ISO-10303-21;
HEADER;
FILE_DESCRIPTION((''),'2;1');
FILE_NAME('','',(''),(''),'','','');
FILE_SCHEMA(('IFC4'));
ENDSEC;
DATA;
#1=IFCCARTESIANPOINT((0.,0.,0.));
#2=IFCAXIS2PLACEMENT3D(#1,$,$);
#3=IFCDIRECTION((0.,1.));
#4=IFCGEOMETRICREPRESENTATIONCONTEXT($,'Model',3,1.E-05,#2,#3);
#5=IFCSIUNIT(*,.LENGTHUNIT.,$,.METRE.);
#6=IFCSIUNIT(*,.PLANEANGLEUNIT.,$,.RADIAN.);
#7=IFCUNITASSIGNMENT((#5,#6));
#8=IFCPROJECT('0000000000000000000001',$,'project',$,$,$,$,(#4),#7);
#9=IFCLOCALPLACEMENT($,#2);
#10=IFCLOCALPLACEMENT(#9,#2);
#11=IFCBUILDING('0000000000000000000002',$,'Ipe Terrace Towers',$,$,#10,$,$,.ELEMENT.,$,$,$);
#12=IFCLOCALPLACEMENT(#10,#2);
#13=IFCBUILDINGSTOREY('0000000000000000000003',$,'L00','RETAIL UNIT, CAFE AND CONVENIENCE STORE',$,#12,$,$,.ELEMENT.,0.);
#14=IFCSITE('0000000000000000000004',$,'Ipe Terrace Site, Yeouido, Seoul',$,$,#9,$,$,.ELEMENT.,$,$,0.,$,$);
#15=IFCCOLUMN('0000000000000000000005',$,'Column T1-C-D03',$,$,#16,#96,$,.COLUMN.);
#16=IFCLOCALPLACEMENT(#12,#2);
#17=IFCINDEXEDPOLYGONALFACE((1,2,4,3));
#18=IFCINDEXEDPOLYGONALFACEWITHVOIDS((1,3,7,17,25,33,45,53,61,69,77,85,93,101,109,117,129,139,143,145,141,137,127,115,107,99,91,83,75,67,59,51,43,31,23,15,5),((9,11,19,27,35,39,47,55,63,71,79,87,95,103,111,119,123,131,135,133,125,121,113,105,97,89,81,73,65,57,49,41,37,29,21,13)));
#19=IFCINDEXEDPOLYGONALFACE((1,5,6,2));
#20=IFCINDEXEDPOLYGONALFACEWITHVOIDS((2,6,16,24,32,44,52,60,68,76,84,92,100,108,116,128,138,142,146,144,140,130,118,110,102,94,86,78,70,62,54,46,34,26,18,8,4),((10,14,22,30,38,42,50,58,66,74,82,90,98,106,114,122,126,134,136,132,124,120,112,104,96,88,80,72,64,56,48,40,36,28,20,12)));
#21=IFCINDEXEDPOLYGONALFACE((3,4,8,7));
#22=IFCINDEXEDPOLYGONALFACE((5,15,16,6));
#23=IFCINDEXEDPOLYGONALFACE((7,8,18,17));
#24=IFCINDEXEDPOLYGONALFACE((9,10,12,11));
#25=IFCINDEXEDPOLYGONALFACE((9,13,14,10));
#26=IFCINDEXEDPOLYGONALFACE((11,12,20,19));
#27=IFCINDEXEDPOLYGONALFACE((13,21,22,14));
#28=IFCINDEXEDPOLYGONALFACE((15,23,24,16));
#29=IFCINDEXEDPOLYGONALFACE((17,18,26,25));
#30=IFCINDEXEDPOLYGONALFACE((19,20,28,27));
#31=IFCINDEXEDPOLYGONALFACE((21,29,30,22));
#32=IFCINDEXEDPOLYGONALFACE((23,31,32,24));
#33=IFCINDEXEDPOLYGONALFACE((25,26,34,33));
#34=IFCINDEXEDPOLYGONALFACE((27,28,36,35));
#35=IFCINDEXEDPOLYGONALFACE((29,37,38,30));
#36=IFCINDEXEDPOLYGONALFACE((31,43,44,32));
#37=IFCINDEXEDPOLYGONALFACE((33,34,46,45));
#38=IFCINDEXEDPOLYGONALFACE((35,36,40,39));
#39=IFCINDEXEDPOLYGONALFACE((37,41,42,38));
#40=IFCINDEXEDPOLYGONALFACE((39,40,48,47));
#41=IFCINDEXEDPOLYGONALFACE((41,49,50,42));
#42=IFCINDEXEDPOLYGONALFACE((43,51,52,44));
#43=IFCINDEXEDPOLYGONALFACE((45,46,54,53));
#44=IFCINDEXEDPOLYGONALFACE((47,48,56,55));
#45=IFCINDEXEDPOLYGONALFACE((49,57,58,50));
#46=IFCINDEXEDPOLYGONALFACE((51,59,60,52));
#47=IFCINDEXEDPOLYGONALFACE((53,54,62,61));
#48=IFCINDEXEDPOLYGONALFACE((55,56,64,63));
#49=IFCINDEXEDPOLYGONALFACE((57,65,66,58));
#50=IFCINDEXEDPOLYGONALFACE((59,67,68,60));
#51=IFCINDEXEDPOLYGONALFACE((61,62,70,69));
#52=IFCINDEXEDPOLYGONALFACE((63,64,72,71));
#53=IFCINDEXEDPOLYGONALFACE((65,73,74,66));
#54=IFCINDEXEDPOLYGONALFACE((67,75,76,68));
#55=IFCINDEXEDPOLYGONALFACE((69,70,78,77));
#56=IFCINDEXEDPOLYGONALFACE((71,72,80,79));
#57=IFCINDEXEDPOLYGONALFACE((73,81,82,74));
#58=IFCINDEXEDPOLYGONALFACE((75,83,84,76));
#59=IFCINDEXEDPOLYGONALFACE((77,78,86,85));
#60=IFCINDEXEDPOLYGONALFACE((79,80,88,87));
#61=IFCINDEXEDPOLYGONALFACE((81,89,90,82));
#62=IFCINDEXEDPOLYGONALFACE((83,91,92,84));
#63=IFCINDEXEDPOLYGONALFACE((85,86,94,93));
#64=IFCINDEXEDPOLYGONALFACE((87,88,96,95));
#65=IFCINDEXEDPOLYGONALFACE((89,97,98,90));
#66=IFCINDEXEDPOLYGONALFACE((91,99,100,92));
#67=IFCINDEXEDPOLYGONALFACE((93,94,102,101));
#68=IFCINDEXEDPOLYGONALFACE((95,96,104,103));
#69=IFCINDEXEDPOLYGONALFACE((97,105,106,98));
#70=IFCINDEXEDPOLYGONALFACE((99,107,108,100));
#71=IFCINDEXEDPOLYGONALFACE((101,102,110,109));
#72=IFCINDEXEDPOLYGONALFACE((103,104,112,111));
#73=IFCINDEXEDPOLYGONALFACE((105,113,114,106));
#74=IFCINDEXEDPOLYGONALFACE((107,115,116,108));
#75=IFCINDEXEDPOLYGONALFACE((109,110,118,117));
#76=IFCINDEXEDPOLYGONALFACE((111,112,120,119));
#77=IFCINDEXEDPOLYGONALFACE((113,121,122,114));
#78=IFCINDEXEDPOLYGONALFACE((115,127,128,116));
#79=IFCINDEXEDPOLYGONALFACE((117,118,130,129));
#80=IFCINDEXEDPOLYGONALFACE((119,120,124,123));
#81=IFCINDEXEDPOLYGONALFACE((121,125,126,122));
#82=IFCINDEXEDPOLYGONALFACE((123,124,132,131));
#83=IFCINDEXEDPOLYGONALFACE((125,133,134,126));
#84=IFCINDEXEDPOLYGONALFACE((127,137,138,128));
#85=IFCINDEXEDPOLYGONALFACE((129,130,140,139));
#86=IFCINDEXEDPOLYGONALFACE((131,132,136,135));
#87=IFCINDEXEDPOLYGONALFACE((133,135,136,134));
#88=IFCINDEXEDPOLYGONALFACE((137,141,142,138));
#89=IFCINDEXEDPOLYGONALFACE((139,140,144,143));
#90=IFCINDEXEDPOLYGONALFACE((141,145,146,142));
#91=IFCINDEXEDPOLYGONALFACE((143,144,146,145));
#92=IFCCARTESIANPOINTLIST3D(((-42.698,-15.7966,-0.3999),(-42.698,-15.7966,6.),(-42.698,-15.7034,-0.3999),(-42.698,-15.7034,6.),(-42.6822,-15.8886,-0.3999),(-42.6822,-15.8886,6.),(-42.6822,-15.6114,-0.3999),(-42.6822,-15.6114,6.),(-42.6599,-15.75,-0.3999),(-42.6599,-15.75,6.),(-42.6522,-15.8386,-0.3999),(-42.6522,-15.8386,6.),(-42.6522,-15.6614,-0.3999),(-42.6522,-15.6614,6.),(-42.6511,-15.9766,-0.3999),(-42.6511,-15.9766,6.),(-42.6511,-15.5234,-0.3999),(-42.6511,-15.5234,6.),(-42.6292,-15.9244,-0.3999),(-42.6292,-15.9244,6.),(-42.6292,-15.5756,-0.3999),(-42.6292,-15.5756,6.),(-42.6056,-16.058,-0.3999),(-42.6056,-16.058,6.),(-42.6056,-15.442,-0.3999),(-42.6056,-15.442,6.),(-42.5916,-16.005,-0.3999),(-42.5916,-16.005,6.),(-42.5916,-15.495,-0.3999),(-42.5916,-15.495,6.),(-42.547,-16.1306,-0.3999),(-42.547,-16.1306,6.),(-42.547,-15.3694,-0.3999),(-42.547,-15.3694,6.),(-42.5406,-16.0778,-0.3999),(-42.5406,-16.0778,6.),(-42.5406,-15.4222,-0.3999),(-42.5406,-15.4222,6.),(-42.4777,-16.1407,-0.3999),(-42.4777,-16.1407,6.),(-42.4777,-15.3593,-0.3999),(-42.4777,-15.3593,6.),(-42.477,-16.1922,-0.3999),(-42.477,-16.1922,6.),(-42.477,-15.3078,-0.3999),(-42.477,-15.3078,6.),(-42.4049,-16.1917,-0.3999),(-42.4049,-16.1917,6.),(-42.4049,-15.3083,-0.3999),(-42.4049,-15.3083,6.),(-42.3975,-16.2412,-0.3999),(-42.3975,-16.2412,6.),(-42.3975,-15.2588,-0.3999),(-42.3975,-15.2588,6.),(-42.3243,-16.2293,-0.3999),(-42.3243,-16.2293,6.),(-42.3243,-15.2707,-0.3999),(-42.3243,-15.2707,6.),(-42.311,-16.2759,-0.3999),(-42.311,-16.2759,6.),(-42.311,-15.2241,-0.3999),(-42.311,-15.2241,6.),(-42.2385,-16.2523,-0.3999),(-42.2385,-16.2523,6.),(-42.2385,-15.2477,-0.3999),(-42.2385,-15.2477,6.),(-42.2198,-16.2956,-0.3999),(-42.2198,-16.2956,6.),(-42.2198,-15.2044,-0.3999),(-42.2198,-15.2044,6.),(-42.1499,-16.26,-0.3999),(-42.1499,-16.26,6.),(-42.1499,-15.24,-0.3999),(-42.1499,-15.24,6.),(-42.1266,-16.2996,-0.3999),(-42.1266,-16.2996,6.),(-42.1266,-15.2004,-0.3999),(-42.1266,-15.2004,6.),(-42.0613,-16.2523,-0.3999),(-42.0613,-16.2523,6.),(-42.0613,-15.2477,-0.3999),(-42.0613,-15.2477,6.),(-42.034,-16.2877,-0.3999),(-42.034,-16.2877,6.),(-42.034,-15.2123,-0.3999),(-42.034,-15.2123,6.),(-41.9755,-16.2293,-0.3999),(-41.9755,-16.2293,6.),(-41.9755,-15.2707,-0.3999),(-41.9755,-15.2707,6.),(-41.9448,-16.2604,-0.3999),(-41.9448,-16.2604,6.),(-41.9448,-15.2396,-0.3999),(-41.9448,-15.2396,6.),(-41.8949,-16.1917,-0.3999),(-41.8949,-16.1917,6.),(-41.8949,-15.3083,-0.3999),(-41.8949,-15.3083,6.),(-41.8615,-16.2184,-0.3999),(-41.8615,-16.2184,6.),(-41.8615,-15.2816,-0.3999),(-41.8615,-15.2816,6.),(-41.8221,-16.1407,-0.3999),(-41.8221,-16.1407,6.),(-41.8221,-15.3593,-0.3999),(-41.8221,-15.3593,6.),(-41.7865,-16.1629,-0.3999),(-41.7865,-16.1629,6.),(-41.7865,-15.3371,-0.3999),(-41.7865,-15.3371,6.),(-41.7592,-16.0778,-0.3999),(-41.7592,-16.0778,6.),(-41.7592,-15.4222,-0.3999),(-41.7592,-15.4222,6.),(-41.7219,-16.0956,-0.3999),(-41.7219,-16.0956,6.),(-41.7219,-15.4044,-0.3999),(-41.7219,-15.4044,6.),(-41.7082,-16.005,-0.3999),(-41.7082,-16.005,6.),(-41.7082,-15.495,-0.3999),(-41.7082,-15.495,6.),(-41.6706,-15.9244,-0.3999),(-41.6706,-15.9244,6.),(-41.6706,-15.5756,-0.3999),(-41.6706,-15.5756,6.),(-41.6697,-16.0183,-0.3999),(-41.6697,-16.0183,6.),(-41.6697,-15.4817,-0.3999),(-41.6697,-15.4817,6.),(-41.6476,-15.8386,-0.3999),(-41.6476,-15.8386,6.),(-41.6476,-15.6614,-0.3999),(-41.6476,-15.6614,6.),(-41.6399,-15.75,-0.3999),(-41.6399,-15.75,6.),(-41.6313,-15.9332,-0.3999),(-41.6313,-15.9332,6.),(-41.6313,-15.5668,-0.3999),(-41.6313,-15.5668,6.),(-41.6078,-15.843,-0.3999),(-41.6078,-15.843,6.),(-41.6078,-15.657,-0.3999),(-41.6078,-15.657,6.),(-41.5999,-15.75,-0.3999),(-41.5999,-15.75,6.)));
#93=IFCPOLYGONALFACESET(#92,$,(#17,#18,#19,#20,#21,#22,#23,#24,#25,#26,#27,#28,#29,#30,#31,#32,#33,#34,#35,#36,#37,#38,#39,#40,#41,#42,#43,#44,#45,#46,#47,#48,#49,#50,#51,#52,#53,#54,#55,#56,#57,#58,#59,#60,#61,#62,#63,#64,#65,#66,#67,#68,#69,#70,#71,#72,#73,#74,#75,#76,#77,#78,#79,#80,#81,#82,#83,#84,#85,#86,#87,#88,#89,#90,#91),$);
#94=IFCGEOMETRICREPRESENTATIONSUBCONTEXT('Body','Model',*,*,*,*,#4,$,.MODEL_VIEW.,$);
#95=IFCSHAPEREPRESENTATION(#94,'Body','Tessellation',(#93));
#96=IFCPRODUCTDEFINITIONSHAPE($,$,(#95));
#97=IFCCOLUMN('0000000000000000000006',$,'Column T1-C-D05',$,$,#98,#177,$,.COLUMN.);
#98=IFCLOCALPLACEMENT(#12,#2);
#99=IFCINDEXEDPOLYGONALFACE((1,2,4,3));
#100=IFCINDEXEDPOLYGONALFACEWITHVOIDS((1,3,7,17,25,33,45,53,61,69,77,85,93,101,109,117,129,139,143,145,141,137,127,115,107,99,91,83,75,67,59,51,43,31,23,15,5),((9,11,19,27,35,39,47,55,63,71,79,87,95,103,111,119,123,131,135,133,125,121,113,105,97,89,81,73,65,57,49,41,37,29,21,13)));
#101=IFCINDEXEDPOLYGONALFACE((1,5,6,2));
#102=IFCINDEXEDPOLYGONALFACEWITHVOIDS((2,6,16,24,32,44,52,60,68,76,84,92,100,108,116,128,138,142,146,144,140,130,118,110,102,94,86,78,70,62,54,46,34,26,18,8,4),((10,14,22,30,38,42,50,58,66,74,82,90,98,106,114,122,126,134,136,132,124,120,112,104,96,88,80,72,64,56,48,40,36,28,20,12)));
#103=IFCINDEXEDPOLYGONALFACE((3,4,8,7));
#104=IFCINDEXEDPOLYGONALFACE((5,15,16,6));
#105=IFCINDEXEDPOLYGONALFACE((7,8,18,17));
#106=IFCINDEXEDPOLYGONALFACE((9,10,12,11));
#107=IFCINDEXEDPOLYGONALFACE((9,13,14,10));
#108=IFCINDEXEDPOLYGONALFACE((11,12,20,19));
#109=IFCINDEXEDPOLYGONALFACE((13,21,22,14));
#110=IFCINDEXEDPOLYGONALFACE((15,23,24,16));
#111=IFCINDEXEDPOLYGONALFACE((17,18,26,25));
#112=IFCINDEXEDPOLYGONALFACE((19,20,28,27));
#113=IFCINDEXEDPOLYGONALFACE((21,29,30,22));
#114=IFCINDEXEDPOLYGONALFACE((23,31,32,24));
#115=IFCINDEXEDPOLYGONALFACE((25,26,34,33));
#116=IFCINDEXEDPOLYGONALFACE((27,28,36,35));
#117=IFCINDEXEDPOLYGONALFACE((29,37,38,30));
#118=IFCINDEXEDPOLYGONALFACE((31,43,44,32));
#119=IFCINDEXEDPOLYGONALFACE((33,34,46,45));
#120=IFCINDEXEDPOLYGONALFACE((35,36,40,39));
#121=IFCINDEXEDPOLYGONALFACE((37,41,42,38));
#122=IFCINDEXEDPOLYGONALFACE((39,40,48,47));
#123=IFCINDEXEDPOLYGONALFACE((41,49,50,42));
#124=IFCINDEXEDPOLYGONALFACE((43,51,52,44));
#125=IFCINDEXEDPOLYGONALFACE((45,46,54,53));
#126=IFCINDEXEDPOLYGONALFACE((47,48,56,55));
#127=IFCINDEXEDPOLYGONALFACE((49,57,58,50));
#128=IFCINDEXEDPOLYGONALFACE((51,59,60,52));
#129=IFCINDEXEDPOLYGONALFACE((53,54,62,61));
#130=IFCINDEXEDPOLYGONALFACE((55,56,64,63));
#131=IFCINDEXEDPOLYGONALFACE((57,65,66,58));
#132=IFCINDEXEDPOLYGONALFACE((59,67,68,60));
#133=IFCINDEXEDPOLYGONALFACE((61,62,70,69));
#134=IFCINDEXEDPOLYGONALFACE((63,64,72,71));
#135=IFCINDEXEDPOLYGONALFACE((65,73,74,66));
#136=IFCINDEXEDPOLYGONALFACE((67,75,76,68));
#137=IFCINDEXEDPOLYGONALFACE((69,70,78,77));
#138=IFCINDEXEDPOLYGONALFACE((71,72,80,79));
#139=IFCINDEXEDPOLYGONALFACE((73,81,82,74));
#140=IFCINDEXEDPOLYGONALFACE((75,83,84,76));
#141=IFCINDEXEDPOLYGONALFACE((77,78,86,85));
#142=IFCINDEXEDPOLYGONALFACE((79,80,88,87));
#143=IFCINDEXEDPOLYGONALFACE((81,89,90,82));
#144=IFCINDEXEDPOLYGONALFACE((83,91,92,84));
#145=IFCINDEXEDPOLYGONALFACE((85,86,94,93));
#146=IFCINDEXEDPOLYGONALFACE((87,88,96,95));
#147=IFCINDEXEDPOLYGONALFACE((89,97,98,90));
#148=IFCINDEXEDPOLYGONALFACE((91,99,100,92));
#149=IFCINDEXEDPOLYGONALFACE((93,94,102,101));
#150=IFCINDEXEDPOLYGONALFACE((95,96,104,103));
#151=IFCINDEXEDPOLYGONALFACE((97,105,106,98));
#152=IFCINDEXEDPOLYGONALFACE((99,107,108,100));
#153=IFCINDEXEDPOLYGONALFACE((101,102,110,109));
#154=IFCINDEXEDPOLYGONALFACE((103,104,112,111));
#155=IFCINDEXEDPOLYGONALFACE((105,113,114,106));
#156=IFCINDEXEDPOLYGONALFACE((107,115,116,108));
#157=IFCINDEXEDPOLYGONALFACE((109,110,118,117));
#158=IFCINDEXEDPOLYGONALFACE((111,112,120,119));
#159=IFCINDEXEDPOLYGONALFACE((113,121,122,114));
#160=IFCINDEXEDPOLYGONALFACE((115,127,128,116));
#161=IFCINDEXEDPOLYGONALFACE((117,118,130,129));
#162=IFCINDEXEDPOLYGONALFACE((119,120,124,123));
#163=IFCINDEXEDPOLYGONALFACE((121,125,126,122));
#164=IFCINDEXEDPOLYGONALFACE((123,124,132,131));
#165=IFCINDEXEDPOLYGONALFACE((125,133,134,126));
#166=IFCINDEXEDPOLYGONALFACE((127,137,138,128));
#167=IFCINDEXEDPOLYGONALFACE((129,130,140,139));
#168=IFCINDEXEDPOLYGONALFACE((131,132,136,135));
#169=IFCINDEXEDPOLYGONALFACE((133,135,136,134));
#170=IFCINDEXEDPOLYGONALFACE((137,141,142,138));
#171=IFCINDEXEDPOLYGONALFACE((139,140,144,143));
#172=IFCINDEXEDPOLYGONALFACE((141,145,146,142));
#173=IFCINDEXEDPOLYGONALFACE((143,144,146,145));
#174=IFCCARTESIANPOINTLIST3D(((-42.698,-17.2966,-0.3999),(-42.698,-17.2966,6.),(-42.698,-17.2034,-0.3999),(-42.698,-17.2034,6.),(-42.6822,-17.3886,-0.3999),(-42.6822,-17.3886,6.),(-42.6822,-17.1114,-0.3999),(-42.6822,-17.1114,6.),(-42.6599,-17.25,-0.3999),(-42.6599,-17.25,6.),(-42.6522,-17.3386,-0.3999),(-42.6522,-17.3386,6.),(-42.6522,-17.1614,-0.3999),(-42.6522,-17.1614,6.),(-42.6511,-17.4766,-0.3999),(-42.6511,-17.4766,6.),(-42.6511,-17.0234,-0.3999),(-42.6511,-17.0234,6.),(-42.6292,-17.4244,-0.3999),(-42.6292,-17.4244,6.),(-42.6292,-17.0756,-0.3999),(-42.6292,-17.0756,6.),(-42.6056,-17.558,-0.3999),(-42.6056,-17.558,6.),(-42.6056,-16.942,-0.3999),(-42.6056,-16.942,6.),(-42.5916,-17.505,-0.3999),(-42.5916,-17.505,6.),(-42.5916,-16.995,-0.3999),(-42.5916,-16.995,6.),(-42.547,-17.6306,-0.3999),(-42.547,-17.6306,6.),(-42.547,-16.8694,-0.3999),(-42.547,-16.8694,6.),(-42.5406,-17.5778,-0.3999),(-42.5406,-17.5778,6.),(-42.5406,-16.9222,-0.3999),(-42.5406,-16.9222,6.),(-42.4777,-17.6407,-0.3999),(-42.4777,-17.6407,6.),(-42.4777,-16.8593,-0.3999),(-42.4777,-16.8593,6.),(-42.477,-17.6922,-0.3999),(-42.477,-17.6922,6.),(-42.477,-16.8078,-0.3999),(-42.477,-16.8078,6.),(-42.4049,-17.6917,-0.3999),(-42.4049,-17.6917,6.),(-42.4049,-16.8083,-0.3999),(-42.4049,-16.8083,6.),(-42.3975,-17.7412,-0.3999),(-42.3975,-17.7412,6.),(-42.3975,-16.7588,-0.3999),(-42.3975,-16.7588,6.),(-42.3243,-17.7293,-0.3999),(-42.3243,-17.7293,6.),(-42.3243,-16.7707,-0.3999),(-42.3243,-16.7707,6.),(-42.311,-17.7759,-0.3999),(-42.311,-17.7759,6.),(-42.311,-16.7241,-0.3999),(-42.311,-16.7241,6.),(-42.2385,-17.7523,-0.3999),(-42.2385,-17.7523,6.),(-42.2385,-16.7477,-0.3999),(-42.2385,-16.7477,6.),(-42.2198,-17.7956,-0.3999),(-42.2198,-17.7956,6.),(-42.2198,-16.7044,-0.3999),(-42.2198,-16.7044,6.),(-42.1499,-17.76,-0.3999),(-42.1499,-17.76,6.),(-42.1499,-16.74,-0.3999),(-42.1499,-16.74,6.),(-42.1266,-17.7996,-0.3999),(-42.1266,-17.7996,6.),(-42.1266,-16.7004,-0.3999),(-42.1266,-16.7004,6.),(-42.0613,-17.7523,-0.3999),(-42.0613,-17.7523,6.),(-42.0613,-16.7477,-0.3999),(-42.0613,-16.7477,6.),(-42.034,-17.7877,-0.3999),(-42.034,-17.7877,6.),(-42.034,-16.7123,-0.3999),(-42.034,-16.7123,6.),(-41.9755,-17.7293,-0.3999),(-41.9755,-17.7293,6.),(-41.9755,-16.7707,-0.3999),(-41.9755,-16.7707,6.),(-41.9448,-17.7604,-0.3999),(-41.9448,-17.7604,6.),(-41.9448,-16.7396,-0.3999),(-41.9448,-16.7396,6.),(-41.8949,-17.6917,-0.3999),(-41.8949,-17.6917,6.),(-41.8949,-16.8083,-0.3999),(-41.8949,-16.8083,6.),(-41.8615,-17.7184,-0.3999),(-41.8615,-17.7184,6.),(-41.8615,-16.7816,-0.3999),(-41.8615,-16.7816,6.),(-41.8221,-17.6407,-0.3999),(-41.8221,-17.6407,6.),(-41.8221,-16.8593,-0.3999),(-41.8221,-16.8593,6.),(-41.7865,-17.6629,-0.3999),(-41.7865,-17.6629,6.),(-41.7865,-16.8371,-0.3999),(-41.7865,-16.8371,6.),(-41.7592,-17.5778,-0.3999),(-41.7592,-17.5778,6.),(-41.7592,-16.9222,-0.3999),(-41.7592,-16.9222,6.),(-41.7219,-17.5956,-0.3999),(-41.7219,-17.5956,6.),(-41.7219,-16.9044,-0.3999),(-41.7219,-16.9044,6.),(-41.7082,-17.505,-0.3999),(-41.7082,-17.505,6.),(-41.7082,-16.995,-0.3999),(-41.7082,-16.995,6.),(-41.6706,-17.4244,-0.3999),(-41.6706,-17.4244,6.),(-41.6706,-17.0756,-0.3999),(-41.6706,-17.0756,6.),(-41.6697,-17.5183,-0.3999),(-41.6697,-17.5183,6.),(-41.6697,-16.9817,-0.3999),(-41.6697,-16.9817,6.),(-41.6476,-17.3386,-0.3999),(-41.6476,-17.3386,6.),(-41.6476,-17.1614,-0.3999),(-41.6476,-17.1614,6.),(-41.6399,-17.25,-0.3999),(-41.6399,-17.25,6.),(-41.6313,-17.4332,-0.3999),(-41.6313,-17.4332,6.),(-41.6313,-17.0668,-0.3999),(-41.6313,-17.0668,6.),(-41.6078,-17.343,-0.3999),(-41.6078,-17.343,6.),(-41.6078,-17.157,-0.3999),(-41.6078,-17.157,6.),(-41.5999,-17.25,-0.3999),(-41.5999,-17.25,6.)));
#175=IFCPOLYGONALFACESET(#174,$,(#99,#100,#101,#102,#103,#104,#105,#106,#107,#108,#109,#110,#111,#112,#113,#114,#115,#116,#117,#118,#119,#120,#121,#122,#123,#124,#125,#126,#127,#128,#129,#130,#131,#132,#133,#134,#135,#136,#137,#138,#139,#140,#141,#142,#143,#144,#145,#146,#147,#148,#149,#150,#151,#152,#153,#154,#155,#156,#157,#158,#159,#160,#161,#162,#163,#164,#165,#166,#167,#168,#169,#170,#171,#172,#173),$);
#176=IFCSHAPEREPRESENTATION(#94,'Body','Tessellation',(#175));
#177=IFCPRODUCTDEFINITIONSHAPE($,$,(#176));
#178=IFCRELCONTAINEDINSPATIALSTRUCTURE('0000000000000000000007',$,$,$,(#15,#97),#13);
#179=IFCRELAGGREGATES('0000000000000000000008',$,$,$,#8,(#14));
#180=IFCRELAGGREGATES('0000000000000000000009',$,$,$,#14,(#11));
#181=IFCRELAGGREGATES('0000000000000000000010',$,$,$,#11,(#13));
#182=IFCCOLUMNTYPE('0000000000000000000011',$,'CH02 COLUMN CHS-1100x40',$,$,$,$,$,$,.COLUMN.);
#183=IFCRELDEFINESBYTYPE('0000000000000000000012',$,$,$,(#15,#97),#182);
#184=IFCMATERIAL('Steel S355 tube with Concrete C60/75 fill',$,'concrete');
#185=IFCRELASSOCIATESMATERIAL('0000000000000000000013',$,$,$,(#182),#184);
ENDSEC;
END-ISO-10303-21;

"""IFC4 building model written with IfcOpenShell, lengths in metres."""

from ifc_helpers import new_model, si_unit, direction, frame, origin, origin_2d, place, context, subcontext, project, spatial, hollow_circle, extrude, material, material_profile, profile_set, type_object, element, save


model = new_model("IFC4")

# Units and contexts
model_context = context("Model", 3, precision=1e-05, world=origin(), true_north=direction((0.0, 1.0)))
body_context = subcontext(model_context, "Body", "Model", "MODEL_VIEW")
ifc_project = project(units=[si_unit("LENGTHUNIT", "METRE"), si_unit("PLANEANGLEUNIT", "RADIAN")], contexts=[model_context])

# Site, building, storey
site_placement = place(None, origin())
site = spatial("IfcSite", under=ifc_project, at=site_placement, Name="Ipe Terrace Site, Yeouido, Seoul", CompositionType="ELEMENT", RefElevation=0.0)
building_placement = place(site_placement, origin())
building = spatial("IfcBuilding", under=site, at=building_placement, Name="Ipe Terrace Towers", CompositionType="ELEMENT")
storey_placement = place(building_placement, origin())
storey = spatial("IfcBuildingStorey", under=building, at=storey_placement, Name="L00", Description="RETAIL UNIT, CAFE AND CONVENIENCE STORE", CompositionType="ELEMENT", Elevation=0.0)

# Columns
ifc_material_1 = material(Name="Steel S355 tube with Concrete C60/75 fill", Category="concrete")
ifc_material_profile_1 = material_profile(ifc_material_1, hollow_circle(Radius=0.55, WallThickness=0.04, at=origin_2d()), Name="CHS-1100x40")
ifc_profile_set_1 = profile_set([ifc_material_profile_1], Name="Steel S355 tube with Concrete C60/75 fill")
column_type_1 = type_object("IfcColumnType", Name="CH02 COLUMN CHS-1100x40", PredefinedType="COLUMN", material=ifc_profile_set_1)
for number, where, z_axis, x_axis, name in (
    (1, (-42.1499, -15.75, -0.3999), (0.0, 0.0, 1.0), (1.0, 0.0, 0.0), "Column T1-C-D03"),
    (2, (-42.1499, -17.25, -0.3999), (0.0, 0.0, 1.0), (1.0, 0.0, 0.0), "Column T1-C-D05"),
):
    element("IfcColumn", number, at=place(storey_placement, frame(where, z_axis=z_axis, x_axis=x_axis)), inside=storey, type_object=column_type_1, Name=name, PredefinedType="COLUMN", context=body_context, shape_type="SweptSolid", body=[
        extrude(hollow_circle(Radius=0.55, WallThickness=0.04, at=origin_2d()), origin(), (0.0, 0.0, 1.0), 6.3999),
    ])

save(model, "model.ifc")
